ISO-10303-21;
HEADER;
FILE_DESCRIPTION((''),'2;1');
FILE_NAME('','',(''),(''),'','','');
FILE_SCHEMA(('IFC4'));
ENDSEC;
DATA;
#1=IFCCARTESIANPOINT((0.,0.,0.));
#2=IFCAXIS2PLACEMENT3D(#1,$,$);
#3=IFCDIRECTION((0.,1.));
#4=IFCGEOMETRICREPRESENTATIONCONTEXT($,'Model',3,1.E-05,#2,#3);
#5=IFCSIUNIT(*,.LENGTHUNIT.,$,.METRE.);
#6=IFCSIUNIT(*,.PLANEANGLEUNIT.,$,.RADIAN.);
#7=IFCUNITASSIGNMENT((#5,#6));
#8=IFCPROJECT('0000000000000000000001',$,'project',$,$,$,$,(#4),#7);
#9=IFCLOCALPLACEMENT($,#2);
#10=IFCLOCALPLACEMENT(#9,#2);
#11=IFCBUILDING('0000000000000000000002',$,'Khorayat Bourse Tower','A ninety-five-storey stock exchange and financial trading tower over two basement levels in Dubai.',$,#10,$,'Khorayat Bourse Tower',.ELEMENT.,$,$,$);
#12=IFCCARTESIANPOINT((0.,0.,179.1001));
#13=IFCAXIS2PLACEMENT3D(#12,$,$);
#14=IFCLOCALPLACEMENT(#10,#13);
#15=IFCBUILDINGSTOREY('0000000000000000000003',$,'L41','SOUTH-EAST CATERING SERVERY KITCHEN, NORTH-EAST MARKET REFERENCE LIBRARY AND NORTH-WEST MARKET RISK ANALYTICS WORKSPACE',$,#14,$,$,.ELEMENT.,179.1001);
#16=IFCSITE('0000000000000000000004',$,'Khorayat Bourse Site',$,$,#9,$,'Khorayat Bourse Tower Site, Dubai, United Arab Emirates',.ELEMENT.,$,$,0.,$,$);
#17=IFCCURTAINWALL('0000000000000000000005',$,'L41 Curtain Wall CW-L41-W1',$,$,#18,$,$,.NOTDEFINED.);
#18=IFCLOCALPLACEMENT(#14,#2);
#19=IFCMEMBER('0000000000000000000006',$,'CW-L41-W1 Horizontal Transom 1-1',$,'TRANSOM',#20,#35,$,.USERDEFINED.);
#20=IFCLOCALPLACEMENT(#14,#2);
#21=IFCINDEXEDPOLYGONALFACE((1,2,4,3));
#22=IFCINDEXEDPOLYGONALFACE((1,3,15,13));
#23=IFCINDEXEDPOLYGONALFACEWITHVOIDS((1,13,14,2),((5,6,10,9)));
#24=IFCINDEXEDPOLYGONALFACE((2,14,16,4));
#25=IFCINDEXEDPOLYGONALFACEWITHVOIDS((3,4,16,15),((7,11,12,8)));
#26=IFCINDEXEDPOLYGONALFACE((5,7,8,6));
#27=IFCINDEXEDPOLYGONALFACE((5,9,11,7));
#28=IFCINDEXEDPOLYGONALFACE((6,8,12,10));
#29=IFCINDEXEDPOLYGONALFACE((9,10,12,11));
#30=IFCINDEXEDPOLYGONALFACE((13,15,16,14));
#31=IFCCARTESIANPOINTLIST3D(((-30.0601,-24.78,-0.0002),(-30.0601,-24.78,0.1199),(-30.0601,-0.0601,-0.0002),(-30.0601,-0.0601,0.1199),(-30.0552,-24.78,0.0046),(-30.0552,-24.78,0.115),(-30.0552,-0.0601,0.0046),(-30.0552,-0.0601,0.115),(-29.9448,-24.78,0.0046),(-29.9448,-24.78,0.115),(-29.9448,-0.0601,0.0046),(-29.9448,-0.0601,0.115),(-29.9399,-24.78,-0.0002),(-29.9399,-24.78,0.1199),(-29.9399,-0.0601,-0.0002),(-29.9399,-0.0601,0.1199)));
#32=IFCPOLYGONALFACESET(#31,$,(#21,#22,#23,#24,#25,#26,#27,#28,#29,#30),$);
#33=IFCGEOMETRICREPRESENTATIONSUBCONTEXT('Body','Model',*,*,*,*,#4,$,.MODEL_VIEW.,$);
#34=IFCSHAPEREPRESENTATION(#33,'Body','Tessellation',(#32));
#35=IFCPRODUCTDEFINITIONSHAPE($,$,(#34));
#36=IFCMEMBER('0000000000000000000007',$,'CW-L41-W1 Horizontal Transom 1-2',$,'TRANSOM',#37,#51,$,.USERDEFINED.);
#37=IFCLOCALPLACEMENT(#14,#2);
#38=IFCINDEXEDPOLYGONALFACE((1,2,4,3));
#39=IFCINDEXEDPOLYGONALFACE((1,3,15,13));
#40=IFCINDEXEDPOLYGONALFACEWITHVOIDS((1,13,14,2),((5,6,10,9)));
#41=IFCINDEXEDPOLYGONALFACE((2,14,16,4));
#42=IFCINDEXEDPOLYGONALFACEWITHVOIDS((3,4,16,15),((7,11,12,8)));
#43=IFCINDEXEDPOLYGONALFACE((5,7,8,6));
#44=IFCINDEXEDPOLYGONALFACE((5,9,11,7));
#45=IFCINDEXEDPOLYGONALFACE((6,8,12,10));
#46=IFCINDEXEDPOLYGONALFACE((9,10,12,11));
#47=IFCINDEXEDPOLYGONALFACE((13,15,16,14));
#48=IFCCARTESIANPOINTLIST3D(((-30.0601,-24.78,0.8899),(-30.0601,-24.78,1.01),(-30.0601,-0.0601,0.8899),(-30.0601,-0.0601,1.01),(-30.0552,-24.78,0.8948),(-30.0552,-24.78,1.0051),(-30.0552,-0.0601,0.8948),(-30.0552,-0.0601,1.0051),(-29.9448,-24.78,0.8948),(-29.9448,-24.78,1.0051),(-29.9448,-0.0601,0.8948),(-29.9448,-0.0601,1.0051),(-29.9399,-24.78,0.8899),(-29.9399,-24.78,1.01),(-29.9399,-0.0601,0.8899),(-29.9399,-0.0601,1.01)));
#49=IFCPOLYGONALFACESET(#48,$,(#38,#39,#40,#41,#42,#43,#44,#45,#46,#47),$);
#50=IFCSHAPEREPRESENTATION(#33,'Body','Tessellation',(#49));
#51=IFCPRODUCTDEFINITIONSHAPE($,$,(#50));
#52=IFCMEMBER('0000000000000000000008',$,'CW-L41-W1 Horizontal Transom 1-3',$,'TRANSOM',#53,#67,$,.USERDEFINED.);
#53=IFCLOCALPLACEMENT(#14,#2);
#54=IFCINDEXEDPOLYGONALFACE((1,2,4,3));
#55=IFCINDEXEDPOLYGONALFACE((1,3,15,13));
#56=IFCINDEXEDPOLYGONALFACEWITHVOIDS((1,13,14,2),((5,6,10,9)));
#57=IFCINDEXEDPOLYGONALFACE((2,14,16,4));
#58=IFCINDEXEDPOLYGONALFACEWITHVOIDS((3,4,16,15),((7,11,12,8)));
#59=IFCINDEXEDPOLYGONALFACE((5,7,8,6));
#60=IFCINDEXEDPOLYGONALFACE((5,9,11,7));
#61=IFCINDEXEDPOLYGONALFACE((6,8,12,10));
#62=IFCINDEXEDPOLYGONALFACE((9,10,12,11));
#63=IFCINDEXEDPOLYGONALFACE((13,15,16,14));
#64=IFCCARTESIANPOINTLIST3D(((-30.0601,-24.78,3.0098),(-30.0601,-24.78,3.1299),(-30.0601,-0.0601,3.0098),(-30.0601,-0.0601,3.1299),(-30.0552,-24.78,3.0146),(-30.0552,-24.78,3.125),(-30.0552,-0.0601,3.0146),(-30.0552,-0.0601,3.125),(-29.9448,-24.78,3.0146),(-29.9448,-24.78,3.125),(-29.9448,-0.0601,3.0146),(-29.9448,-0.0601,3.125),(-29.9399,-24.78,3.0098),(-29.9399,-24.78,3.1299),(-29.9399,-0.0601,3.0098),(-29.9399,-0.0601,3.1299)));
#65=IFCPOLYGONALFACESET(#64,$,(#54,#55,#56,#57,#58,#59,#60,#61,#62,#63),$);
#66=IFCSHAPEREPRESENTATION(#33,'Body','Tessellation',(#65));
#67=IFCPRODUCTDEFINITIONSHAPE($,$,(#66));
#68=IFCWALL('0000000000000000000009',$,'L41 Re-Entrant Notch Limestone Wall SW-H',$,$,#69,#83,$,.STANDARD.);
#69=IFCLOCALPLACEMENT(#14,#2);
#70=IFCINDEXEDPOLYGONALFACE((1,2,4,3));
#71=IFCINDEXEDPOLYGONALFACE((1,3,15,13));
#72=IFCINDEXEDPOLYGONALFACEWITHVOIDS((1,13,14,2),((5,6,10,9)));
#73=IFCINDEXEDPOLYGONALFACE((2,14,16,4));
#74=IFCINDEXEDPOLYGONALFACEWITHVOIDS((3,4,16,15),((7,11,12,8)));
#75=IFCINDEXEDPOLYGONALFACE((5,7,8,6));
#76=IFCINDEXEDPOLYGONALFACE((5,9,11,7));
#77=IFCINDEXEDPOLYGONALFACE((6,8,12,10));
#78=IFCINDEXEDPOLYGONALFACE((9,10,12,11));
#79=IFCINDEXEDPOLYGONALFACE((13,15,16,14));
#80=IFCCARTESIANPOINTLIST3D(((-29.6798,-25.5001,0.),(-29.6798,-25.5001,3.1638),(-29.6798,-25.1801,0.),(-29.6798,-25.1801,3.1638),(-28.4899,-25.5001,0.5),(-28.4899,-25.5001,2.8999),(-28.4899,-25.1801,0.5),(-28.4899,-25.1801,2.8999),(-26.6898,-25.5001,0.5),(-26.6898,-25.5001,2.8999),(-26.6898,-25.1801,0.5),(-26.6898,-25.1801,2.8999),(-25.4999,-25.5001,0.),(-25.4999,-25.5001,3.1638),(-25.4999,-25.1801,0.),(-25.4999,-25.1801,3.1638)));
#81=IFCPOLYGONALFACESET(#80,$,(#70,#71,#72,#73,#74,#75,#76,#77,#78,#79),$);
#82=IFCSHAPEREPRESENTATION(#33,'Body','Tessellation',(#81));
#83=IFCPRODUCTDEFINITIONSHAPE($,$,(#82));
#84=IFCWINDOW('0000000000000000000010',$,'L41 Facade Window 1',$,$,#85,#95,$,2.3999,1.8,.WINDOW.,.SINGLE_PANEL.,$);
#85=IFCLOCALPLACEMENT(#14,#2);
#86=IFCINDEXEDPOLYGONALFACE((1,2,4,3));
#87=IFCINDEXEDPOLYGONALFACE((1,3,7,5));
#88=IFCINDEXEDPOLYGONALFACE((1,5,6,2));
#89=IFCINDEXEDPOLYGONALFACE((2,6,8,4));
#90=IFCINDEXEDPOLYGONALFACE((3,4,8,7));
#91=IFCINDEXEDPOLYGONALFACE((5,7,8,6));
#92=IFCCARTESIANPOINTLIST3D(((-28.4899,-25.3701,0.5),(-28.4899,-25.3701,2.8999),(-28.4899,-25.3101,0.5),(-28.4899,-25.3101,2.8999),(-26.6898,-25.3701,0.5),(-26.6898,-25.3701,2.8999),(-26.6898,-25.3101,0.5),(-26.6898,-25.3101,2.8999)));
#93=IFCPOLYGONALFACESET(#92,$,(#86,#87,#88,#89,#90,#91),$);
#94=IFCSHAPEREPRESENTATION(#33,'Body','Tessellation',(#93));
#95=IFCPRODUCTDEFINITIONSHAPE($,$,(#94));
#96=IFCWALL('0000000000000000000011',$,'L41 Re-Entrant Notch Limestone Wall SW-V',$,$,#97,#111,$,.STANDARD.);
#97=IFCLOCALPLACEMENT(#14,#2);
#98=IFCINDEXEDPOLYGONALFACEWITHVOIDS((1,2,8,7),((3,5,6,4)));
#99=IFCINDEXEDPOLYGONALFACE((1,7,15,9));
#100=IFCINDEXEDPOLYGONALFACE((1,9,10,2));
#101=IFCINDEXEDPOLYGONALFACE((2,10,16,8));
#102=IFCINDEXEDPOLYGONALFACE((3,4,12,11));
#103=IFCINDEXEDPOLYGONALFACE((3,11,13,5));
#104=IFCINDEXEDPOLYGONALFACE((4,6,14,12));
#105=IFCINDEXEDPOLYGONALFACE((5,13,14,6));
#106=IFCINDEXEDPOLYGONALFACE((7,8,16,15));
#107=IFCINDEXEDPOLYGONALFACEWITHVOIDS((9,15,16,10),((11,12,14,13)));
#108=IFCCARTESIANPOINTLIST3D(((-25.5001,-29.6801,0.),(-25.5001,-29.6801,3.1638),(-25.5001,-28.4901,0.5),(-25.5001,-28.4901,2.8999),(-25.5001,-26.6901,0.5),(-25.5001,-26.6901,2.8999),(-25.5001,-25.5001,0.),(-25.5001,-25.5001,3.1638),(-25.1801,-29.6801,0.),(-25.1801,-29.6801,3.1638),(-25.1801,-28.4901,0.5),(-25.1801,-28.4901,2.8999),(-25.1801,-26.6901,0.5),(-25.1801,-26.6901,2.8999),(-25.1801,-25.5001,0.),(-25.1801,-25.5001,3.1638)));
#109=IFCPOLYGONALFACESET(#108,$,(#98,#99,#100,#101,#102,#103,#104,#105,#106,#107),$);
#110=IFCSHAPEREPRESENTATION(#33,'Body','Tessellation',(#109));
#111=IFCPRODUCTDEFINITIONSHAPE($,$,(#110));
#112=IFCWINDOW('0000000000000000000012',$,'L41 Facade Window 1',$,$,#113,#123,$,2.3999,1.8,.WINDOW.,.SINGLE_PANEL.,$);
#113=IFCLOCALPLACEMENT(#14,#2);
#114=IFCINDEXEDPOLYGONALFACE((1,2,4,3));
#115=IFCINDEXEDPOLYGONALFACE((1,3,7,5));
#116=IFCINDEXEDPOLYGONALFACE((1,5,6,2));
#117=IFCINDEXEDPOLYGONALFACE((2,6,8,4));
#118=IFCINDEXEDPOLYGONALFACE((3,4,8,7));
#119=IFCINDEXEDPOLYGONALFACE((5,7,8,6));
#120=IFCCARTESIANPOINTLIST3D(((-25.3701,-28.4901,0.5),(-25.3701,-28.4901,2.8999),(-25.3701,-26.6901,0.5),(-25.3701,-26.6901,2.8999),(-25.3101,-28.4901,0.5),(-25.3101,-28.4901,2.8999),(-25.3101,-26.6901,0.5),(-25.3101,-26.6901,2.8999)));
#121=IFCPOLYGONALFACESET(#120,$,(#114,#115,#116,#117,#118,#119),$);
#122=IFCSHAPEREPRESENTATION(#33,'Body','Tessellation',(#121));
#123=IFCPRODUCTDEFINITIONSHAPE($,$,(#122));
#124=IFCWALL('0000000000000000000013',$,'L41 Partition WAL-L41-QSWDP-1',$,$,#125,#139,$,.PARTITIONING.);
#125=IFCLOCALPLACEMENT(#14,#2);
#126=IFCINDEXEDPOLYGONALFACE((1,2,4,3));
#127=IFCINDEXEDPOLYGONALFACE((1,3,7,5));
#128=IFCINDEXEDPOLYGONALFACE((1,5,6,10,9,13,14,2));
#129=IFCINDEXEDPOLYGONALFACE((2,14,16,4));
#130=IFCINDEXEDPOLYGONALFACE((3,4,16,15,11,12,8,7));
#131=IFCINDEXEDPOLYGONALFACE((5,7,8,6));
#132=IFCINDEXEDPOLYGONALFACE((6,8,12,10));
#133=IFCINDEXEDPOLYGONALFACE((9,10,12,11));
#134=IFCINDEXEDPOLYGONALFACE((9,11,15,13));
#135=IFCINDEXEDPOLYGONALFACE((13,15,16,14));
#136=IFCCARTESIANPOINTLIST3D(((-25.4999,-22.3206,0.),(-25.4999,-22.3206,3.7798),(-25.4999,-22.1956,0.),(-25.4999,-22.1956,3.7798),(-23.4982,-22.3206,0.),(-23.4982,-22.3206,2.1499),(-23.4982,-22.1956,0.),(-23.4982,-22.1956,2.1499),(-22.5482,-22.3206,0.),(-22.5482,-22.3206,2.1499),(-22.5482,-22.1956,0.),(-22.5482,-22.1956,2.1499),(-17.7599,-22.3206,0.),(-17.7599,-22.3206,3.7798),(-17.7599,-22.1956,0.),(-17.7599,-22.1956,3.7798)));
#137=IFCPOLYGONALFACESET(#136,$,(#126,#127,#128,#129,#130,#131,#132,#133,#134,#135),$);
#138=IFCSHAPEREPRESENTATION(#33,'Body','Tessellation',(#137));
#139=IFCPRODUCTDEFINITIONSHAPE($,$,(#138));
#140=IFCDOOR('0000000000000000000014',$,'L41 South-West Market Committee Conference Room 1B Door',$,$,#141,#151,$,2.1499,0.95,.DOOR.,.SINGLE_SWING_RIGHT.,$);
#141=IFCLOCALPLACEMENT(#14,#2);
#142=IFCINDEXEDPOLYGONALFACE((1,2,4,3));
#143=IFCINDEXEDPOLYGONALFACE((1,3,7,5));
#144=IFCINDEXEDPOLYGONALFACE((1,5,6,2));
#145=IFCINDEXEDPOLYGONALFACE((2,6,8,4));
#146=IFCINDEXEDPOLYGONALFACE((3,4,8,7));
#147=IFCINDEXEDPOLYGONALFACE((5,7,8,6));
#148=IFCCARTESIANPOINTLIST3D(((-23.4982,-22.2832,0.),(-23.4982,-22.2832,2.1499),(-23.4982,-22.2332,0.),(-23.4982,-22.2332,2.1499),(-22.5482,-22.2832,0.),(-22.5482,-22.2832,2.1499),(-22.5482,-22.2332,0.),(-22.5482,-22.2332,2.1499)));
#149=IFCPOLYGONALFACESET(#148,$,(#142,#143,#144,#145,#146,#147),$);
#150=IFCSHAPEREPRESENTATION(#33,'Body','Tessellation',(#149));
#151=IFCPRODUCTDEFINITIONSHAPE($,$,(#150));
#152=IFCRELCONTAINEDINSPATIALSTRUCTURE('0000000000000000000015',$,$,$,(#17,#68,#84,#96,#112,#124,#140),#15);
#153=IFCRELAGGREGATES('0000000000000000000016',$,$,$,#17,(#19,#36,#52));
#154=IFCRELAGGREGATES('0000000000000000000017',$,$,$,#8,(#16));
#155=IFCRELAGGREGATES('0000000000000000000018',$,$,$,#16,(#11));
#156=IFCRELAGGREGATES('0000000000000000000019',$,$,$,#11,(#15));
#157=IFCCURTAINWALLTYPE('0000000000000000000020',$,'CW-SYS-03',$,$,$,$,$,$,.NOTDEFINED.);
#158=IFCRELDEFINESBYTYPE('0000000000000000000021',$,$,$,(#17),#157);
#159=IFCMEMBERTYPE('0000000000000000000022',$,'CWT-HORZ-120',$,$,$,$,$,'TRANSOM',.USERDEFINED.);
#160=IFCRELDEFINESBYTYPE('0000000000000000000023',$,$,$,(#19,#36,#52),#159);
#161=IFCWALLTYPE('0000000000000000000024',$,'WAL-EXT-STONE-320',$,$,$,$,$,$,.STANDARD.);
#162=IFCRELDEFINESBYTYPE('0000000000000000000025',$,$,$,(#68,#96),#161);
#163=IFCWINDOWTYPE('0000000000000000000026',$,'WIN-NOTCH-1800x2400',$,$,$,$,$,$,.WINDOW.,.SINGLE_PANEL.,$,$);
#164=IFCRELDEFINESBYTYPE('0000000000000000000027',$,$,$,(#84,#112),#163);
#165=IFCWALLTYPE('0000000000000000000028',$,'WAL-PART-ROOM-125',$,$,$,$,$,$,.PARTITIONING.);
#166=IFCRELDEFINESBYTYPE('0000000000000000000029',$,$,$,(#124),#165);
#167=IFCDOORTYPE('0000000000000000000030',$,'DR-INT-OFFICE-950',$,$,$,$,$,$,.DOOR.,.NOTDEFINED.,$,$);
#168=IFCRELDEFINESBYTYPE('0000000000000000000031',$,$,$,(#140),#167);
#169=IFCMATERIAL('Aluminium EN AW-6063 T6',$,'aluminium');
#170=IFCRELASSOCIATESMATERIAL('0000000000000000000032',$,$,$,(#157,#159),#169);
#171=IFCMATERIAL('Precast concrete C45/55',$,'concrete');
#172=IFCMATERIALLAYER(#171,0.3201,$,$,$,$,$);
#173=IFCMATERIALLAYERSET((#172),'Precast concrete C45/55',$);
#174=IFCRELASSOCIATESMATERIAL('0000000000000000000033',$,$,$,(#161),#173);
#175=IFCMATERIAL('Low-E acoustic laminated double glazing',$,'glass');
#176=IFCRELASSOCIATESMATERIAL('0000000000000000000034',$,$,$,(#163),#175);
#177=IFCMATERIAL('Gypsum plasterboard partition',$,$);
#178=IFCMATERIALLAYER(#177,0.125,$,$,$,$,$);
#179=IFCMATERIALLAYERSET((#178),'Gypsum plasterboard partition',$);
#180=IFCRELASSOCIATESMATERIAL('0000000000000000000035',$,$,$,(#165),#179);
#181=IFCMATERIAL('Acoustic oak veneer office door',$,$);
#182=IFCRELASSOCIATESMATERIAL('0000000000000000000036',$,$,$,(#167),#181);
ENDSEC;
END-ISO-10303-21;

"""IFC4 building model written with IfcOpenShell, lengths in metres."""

from ifc_helpers import new_model, si_unit, direction, frame, frame_2d, origin, origin_2d, place, context, subcontext, project, spatial, rectangle, hollow_rectangle, extrude, source, transform, mapped, material, layer, layer_set, material_profile, profile_set, type_object, element, fill, aggregate, save


model = new_model("IFC4")

# Units and contexts
model_context = context("Model", 3, precision=1e-05, world=origin(), true_north=direction((0.0, 1.0)))
body_context = subcontext(model_context, "Body", "Model", "MODEL_VIEW")
ifc_project = project(units=[si_unit("LENGTHUNIT", "METRE"), si_unit("PLANEANGLEUNIT", "RADIAN")], contexts=[model_context])

# Site, building, storey
site_placement = place(None, origin())
site = spatial("IfcSite", under=ifc_project, at=site_placement, Name="Khorayat Bourse Site", LongName="Khorayat Bourse Tower Site, Dubai, United Arab Emirates", CompositionType="ELEMENT", RefElevation=0.0)
building_placement = place(site_placement, origin())
building = spatial("IfcBuilding", under=site, at=building_placement, Name="Khorayat Bourse Tower", Description="A ninety-five-storey stock exchange and financial trading tower over two basement levels in Dubai.", LongName="Khorayat Bourse Tower", CompositionType="ELEMENT")
storey_placement = place(building_placement, frame((0.0, 0.0, 179.1001)))
storey = spatial("IfcBuildingStorey", under=building, at=storey_placement, Name="L41", Description="SOUTH-EAST CATERING SERVERY KITCHEN, NORTH-EAST MARKET REFERENCE LIBRARY AND NORTH-WEST MARKET RISK ANALYTICS WORKSPACE", CompositionType="ELEMENT", Elevation=179.1001)

# Curtain wall
ifc_material_1 = material(Name="Aluminium EN AW-6063 T6", Category="aluminium")
curtain_wall_type = type_object("IfcCurtainWallType", Name="CW-SYS-03", PredefinedType="NOTDEFINED", material=ifc_material_1)
curtain_wall_1_placement = place(storey_placement, origin())
curtain_wall_1 = element("IfcCurtainWall", 1, at=curtain_wall_1_placement, inside=storey, type_object=curtain_wall_type, Name="L41 Curtain Wall CW-L41-W1", PredefinedType="NOTDEFINED")

# Members
ifc_material_profile_1 = material_profile(ifc_material_1, hollow_rectangle(XDim=0.1201, YDim=0.1201, WallThickness=0.0049, at=origin_2d()), Name="ALU 120x120x5")
ifc_profile_set_1 = profile_set([ifc_material_profile_1], Name="Aluminium EN AW-6063 T6")
member_type_1 = type_object("IfcMemberType", Name="CWT-HORZ-120", ElementType="TRANSOM", PredefinedType="USERDEFINED", material=ifc_profile_set_1)
shared_shape_1 = source(origin(), body_context, "Body", "SweptSolid", [
    extrude(hollow_rectangle(XDim=0.1201, YDim=0.1201, WallThickness=0.0049, at=origin_2d()), origin(), (0.0, 0.0, 1.0), 24.72),
])
member_1_placement = place(storey_placement, frame((-30.0, -24.78, 0.0598), z_axis=(0.0, 1.0, 0.0), x_axis=(-1.0, 0.0, 0.0)))
member_1 = element("IfcMember", 2, at=member_1_placement, type_object=member_type_1, Name="CW-L41-W1 Horizontal Transom 1-1", ObjectType="TRANSOM", PredefinedType="USERDEFINED", context=body_context, shape_type="MappedRepresentation", body=[
    mapped(shared_shape_1, transform((0.0, 0.0, 0.0), scale=1.0)),
])
member_2_placement = place(storey_placement, frame((-30.0, -24.78, 0.95), z_axis=(0.0, 1.0, 0.0), x_axis=(-1.0, 0.0, 0.0)))
member_2 = element("IfcMember", 3, at=member_2_placement, type_object=member_type_1, Name="CW-L41-W1 Horizontal Transom 1-2", ObjectType="TRANSOM", PredefinedType="USERDEFINED", context=body_context, shape_type="MappedRepresentation", body=[
    mapped(shared_shape_1, transform((0.0, 0.0, 0.0), scale=1.0)),
])
member_3_placement = place(storey_placement, frame((-30.0, -24.78, 3.0698), z_axis=(0.0, 1.0, 0.0), x_axis=(-1.0, 0.0, 0.0)))
member_3 = element("IfcMember", 4, at=member_3_placement, type_object=member_type_1, Name="CW-L41-W1 Horizontal Transom 1-3", ObjectType="TRANSOM", PredefinedType="USERDEFINED", context=body_context, shape_type="MappedRepresentation", body=[
    mapped(shared_shape_1, transform((0.0, 0.0, 0.0), scale=1.0)),
])
aggregate(curtain_wall_1, [member_1, member_2, member_3])

# Walls, openings, windows
ifc_material_2 = material(Name="Precast concrete C45/55", Category="concrete")
ifc_layer_1 = layer(ifc_material_2, 0.3201)
ifc_layer_set_1 = layer_set([ifc_layer_1], Name="Precast concrete C45/55")
wall_type_1 = type_object("IfcWallType", Name="WAL-EXT-STONE-320", PredefinedType="STANDARD", material=ifc_layer_set_1)
shared_shape_2 = source(origin(), body_context, "Body", "SweptSolid", [
    extrude(rectangle(XDim=4.1799, YDim=0.3201, at=frame_2d((2.0898, 0.0))), origin(), (0.0, 0.0, 1.0), 3.1638),
])
wall_1_placement = place(storey_placement, frame((-25.5, -25.3401, 0.0), z_axis=(0.0, 0.0, 1.0), x_axis=(-1.0, 0.0, 0.0)))
wall_1 = element("IfcWall", 5, at=wall_1_placement, inside=storey, type_object=wall_type_1, Name="L41 Re-Entrant Notch Limestone Wall SW-H", PredefinedType="STANDARD", context=body_context, shape_type="MappedRepresentation", body=[
    mapped(shared_shape_2, transform((0.0, 0.0, 0.0), scale=1.0)),
])
shared_shape_3 = source(origin(), body_context, "Body", "SweptSolid", [
    extrude(rectangle(XDim=1.8, YDim=2.3999, at=frame_2d((0.8999, 1.2))), frame((0.0, 0.1699, 0.0), z_axis=(0.0, -1.0, 0.0), x_axis=(1.0, 0.0, 0.0)), (0.0, 0.0, 1.0), 0.3401),
])
opening_1_placement = place(wall_1_placement, frame((1.1899, 0.0, 0.5)))
opening_1 = element("IfcOpeningElement", 6, at=opening_1_placement, cuts=wall_1, PredefinedType="OPENING", context=body_context, shape_type="MappedRepresentation", body=[
    mapped(shared_shape_3, transform((0.0, 0.0, 0.0), scale=1.0)),
])
ifc_material_3 = material(Name="Low-E acoustic laminated double glazing", Category="glass")
window_type = type_object("IfcWindowType", Name="WIN-NOTCH-1800x2400", PartitioningType="SINGLE_PANEL", PredefinedType="WINDOW", material=ifc_material_3)
shared_shape_4 = source(origin(), body_context, "Body", "SweptSolid", [
    extrude(rectangle(XDim=1.8, YDim=2.3999, at=frame_2d((0.8999, 1.2))), frame((0.0, 0.03, 0.0), z_axis=(0.0, -1.0, 0.0), x_axis=(1.0, 0.0, 0.0)), (0.0, 0.0, 1.0), 0.0601),
])
window_1_placement = place(opening_1_placement, origin())
window_1 = element("IfcWindow", 7, at=window_1_placement, inside=storey, type_object=window_type, Name="L41 Facade Window 1", OverallHeight=2.3999, OverallWidth=1.8, PartitioningType="SINGLE_PANEL", PredefinedType="WINDOW", context=body_context, shape_type="MappedRepresentation", body=[
    mapped(shared_shape_4, transform((0.0, 0.0, 0.0), scale=1.0)),
])
fill(opening_1, window_1)
wall_2_placement = place(storey_placement, frame((-25.3401, -29.6799, 0.0), z_axis=(0.0, 0.0, 1.0), x_axis=(0.0, 1.0, 0.0)))
wall_2 = element("IfcWall", 8, at=wall_2_placement, inside=storey, type_object=wall_type_1, Name="L41 Re-Entrant Notch Limestone Wall SW-V", PredefinedType="STANDARD", context=body_context, shape_type="MappedRepresentation", body=[
    mapped(shared_shape_2, transform((0.0, 0.0, 0.0), scale=1.0)),
])
opening_2_placement = place(wall_2_placement, frame((1.1899, 0.0, 0.5)))
opening_2 = element("IfcOpeningElement", 9, at=opening_2_placement, cuts=wall_2, PredefinedType="OPENING", context=body_context, shape_type="MappedRepresentation", body=[
    mapped(shared_shape_3, transform((0.0, 0.0, 0.0), scale=1.0)),
])
window_2_placement = place(opening_2_placement, origin())
window_2 = element("IfcWindow", 10, at=window_2_placement, inside=storey, type_object=window_type, Name="L41 Facade Window 1", OverallHeight=2.3999, OverallWidth=1.8, PartitioningType="SINGLE_PANEL", PredefinedType="WINDOW", context=body_context, shape_type="MappedRepresentation", body=[
    mapped(shared_shape_4, transform((0.0, 0.0, 0.0), scale=1.0)),
])
fill(opening_2, window_2)

# Wall, opening, door
ifc_material_4 = material(Name="Gypsum plasterboard partition")
ifc_layer_2 = layer(ifc_material_4, 0.125)
ifc_layer_set_2 = layer_set([ifc_layer_2], Name="Gypsum plasterboard partition")
wall_type_2 = type_object("IfcWallType", Name="WAL-PART-ROOM-125", PredefinedType="PARTITIONING", material=ifc_layer_set_2)
shared_shape_5 = source(origin(), body_context, "Body", "SweptSolid", [
    extrude(rectangle(XDim=7.74, YDim=0.125, at=frame_2d((3.8701, 0.0))), origin(), (0.0, 0.0, 1.0), 3.7798),
])
wall_3_placement = place(storey_placement, frame((-25.5, -22.2581, 0.0), z_axis=(0.0, 0.0, 1.0), x_axis=(1.0, 0.0, 0.0)))
wall_3 = element("IfcWall", 11, at=wall_3_placement, inside=storey, type_object=wall_type_2, Name="L41 Partition WAL-L41-QSWDP-1", PredefinedType="PARTITIONING", context=body_context, shape_type="MappedRepresentation", body=[
    mapped(shared_shape_5, transform((0.0, 0.0, 0.0), scale=1.0)),
])
shared_shape_6 = source(origin(), body_context, "Body", "SweptSolid", [
    extrude(rectangle(XDim=0.95, YDim=2.1499, at=frame_2d((0.4751, 1.075))), frame((0.0, 0.0725, 0.0), z_axis=(0.0, -1.0, 0.0), x_axis=(1.0, 0.0, 0.0)), (0.0, 0.0, 1.0), 0.145),
])
opening_3_placement = place(wall_3_placement, frame((2.0017, 0.0, 0.0)))
opening_3 = element("IfcOpeningElement", 12, at=opening_3_placement, cuts=wall_3, PredefinedType="OPENING", context=body_context, shape_type="MappedRepresentation", body=[
    mapped(shared_shape_6, transform((0.0, 0.0, 0.0), scale=1.0)),
])
ifc_material_5 = material(Name="Acoustic oak veneer office door")
door_type = type_object("IfcDoorType", Name="DR-INT-OFFICE-950", OperationType="NOTDEFINED", PredefinedType="DOOR", material=ifc_material_5)
shared_shape_7 = source(origin(), body_context, "Body", "SweptSolid", [
    extrude(rectangle(XDim=0.95, YDim=2.1499, at=frame_2d((0.4751, 1.075))), frame((0.0, 0.0249, 0.0), z_axis=(0.0, -1.0, 0.0), x_axis=(1.0, 0.0, 0.0)), (0.0, 0.0, 1.0), 0.05),
])
door_placement = place(opening_3_placement, origin())
door = element("IfcDoor", 13, at=door_placement, inside=storey, type_object=door_type, Name="L41 South-West Market Committee Conference Room 1B Door", OperationType="SINGLE_SWING_RIGHT", OverallHeight=2.1499, OverallWidth=0.95, PredefinedType="DOOR", context=body_context, shape_type="MappedRepresentation", body=[
    mapped(shared_shape_7, transform((0.0, 0.0, 0.0), scale=1.0)),
])
fill(opening_3, door)

save(model, "model.ifc")
